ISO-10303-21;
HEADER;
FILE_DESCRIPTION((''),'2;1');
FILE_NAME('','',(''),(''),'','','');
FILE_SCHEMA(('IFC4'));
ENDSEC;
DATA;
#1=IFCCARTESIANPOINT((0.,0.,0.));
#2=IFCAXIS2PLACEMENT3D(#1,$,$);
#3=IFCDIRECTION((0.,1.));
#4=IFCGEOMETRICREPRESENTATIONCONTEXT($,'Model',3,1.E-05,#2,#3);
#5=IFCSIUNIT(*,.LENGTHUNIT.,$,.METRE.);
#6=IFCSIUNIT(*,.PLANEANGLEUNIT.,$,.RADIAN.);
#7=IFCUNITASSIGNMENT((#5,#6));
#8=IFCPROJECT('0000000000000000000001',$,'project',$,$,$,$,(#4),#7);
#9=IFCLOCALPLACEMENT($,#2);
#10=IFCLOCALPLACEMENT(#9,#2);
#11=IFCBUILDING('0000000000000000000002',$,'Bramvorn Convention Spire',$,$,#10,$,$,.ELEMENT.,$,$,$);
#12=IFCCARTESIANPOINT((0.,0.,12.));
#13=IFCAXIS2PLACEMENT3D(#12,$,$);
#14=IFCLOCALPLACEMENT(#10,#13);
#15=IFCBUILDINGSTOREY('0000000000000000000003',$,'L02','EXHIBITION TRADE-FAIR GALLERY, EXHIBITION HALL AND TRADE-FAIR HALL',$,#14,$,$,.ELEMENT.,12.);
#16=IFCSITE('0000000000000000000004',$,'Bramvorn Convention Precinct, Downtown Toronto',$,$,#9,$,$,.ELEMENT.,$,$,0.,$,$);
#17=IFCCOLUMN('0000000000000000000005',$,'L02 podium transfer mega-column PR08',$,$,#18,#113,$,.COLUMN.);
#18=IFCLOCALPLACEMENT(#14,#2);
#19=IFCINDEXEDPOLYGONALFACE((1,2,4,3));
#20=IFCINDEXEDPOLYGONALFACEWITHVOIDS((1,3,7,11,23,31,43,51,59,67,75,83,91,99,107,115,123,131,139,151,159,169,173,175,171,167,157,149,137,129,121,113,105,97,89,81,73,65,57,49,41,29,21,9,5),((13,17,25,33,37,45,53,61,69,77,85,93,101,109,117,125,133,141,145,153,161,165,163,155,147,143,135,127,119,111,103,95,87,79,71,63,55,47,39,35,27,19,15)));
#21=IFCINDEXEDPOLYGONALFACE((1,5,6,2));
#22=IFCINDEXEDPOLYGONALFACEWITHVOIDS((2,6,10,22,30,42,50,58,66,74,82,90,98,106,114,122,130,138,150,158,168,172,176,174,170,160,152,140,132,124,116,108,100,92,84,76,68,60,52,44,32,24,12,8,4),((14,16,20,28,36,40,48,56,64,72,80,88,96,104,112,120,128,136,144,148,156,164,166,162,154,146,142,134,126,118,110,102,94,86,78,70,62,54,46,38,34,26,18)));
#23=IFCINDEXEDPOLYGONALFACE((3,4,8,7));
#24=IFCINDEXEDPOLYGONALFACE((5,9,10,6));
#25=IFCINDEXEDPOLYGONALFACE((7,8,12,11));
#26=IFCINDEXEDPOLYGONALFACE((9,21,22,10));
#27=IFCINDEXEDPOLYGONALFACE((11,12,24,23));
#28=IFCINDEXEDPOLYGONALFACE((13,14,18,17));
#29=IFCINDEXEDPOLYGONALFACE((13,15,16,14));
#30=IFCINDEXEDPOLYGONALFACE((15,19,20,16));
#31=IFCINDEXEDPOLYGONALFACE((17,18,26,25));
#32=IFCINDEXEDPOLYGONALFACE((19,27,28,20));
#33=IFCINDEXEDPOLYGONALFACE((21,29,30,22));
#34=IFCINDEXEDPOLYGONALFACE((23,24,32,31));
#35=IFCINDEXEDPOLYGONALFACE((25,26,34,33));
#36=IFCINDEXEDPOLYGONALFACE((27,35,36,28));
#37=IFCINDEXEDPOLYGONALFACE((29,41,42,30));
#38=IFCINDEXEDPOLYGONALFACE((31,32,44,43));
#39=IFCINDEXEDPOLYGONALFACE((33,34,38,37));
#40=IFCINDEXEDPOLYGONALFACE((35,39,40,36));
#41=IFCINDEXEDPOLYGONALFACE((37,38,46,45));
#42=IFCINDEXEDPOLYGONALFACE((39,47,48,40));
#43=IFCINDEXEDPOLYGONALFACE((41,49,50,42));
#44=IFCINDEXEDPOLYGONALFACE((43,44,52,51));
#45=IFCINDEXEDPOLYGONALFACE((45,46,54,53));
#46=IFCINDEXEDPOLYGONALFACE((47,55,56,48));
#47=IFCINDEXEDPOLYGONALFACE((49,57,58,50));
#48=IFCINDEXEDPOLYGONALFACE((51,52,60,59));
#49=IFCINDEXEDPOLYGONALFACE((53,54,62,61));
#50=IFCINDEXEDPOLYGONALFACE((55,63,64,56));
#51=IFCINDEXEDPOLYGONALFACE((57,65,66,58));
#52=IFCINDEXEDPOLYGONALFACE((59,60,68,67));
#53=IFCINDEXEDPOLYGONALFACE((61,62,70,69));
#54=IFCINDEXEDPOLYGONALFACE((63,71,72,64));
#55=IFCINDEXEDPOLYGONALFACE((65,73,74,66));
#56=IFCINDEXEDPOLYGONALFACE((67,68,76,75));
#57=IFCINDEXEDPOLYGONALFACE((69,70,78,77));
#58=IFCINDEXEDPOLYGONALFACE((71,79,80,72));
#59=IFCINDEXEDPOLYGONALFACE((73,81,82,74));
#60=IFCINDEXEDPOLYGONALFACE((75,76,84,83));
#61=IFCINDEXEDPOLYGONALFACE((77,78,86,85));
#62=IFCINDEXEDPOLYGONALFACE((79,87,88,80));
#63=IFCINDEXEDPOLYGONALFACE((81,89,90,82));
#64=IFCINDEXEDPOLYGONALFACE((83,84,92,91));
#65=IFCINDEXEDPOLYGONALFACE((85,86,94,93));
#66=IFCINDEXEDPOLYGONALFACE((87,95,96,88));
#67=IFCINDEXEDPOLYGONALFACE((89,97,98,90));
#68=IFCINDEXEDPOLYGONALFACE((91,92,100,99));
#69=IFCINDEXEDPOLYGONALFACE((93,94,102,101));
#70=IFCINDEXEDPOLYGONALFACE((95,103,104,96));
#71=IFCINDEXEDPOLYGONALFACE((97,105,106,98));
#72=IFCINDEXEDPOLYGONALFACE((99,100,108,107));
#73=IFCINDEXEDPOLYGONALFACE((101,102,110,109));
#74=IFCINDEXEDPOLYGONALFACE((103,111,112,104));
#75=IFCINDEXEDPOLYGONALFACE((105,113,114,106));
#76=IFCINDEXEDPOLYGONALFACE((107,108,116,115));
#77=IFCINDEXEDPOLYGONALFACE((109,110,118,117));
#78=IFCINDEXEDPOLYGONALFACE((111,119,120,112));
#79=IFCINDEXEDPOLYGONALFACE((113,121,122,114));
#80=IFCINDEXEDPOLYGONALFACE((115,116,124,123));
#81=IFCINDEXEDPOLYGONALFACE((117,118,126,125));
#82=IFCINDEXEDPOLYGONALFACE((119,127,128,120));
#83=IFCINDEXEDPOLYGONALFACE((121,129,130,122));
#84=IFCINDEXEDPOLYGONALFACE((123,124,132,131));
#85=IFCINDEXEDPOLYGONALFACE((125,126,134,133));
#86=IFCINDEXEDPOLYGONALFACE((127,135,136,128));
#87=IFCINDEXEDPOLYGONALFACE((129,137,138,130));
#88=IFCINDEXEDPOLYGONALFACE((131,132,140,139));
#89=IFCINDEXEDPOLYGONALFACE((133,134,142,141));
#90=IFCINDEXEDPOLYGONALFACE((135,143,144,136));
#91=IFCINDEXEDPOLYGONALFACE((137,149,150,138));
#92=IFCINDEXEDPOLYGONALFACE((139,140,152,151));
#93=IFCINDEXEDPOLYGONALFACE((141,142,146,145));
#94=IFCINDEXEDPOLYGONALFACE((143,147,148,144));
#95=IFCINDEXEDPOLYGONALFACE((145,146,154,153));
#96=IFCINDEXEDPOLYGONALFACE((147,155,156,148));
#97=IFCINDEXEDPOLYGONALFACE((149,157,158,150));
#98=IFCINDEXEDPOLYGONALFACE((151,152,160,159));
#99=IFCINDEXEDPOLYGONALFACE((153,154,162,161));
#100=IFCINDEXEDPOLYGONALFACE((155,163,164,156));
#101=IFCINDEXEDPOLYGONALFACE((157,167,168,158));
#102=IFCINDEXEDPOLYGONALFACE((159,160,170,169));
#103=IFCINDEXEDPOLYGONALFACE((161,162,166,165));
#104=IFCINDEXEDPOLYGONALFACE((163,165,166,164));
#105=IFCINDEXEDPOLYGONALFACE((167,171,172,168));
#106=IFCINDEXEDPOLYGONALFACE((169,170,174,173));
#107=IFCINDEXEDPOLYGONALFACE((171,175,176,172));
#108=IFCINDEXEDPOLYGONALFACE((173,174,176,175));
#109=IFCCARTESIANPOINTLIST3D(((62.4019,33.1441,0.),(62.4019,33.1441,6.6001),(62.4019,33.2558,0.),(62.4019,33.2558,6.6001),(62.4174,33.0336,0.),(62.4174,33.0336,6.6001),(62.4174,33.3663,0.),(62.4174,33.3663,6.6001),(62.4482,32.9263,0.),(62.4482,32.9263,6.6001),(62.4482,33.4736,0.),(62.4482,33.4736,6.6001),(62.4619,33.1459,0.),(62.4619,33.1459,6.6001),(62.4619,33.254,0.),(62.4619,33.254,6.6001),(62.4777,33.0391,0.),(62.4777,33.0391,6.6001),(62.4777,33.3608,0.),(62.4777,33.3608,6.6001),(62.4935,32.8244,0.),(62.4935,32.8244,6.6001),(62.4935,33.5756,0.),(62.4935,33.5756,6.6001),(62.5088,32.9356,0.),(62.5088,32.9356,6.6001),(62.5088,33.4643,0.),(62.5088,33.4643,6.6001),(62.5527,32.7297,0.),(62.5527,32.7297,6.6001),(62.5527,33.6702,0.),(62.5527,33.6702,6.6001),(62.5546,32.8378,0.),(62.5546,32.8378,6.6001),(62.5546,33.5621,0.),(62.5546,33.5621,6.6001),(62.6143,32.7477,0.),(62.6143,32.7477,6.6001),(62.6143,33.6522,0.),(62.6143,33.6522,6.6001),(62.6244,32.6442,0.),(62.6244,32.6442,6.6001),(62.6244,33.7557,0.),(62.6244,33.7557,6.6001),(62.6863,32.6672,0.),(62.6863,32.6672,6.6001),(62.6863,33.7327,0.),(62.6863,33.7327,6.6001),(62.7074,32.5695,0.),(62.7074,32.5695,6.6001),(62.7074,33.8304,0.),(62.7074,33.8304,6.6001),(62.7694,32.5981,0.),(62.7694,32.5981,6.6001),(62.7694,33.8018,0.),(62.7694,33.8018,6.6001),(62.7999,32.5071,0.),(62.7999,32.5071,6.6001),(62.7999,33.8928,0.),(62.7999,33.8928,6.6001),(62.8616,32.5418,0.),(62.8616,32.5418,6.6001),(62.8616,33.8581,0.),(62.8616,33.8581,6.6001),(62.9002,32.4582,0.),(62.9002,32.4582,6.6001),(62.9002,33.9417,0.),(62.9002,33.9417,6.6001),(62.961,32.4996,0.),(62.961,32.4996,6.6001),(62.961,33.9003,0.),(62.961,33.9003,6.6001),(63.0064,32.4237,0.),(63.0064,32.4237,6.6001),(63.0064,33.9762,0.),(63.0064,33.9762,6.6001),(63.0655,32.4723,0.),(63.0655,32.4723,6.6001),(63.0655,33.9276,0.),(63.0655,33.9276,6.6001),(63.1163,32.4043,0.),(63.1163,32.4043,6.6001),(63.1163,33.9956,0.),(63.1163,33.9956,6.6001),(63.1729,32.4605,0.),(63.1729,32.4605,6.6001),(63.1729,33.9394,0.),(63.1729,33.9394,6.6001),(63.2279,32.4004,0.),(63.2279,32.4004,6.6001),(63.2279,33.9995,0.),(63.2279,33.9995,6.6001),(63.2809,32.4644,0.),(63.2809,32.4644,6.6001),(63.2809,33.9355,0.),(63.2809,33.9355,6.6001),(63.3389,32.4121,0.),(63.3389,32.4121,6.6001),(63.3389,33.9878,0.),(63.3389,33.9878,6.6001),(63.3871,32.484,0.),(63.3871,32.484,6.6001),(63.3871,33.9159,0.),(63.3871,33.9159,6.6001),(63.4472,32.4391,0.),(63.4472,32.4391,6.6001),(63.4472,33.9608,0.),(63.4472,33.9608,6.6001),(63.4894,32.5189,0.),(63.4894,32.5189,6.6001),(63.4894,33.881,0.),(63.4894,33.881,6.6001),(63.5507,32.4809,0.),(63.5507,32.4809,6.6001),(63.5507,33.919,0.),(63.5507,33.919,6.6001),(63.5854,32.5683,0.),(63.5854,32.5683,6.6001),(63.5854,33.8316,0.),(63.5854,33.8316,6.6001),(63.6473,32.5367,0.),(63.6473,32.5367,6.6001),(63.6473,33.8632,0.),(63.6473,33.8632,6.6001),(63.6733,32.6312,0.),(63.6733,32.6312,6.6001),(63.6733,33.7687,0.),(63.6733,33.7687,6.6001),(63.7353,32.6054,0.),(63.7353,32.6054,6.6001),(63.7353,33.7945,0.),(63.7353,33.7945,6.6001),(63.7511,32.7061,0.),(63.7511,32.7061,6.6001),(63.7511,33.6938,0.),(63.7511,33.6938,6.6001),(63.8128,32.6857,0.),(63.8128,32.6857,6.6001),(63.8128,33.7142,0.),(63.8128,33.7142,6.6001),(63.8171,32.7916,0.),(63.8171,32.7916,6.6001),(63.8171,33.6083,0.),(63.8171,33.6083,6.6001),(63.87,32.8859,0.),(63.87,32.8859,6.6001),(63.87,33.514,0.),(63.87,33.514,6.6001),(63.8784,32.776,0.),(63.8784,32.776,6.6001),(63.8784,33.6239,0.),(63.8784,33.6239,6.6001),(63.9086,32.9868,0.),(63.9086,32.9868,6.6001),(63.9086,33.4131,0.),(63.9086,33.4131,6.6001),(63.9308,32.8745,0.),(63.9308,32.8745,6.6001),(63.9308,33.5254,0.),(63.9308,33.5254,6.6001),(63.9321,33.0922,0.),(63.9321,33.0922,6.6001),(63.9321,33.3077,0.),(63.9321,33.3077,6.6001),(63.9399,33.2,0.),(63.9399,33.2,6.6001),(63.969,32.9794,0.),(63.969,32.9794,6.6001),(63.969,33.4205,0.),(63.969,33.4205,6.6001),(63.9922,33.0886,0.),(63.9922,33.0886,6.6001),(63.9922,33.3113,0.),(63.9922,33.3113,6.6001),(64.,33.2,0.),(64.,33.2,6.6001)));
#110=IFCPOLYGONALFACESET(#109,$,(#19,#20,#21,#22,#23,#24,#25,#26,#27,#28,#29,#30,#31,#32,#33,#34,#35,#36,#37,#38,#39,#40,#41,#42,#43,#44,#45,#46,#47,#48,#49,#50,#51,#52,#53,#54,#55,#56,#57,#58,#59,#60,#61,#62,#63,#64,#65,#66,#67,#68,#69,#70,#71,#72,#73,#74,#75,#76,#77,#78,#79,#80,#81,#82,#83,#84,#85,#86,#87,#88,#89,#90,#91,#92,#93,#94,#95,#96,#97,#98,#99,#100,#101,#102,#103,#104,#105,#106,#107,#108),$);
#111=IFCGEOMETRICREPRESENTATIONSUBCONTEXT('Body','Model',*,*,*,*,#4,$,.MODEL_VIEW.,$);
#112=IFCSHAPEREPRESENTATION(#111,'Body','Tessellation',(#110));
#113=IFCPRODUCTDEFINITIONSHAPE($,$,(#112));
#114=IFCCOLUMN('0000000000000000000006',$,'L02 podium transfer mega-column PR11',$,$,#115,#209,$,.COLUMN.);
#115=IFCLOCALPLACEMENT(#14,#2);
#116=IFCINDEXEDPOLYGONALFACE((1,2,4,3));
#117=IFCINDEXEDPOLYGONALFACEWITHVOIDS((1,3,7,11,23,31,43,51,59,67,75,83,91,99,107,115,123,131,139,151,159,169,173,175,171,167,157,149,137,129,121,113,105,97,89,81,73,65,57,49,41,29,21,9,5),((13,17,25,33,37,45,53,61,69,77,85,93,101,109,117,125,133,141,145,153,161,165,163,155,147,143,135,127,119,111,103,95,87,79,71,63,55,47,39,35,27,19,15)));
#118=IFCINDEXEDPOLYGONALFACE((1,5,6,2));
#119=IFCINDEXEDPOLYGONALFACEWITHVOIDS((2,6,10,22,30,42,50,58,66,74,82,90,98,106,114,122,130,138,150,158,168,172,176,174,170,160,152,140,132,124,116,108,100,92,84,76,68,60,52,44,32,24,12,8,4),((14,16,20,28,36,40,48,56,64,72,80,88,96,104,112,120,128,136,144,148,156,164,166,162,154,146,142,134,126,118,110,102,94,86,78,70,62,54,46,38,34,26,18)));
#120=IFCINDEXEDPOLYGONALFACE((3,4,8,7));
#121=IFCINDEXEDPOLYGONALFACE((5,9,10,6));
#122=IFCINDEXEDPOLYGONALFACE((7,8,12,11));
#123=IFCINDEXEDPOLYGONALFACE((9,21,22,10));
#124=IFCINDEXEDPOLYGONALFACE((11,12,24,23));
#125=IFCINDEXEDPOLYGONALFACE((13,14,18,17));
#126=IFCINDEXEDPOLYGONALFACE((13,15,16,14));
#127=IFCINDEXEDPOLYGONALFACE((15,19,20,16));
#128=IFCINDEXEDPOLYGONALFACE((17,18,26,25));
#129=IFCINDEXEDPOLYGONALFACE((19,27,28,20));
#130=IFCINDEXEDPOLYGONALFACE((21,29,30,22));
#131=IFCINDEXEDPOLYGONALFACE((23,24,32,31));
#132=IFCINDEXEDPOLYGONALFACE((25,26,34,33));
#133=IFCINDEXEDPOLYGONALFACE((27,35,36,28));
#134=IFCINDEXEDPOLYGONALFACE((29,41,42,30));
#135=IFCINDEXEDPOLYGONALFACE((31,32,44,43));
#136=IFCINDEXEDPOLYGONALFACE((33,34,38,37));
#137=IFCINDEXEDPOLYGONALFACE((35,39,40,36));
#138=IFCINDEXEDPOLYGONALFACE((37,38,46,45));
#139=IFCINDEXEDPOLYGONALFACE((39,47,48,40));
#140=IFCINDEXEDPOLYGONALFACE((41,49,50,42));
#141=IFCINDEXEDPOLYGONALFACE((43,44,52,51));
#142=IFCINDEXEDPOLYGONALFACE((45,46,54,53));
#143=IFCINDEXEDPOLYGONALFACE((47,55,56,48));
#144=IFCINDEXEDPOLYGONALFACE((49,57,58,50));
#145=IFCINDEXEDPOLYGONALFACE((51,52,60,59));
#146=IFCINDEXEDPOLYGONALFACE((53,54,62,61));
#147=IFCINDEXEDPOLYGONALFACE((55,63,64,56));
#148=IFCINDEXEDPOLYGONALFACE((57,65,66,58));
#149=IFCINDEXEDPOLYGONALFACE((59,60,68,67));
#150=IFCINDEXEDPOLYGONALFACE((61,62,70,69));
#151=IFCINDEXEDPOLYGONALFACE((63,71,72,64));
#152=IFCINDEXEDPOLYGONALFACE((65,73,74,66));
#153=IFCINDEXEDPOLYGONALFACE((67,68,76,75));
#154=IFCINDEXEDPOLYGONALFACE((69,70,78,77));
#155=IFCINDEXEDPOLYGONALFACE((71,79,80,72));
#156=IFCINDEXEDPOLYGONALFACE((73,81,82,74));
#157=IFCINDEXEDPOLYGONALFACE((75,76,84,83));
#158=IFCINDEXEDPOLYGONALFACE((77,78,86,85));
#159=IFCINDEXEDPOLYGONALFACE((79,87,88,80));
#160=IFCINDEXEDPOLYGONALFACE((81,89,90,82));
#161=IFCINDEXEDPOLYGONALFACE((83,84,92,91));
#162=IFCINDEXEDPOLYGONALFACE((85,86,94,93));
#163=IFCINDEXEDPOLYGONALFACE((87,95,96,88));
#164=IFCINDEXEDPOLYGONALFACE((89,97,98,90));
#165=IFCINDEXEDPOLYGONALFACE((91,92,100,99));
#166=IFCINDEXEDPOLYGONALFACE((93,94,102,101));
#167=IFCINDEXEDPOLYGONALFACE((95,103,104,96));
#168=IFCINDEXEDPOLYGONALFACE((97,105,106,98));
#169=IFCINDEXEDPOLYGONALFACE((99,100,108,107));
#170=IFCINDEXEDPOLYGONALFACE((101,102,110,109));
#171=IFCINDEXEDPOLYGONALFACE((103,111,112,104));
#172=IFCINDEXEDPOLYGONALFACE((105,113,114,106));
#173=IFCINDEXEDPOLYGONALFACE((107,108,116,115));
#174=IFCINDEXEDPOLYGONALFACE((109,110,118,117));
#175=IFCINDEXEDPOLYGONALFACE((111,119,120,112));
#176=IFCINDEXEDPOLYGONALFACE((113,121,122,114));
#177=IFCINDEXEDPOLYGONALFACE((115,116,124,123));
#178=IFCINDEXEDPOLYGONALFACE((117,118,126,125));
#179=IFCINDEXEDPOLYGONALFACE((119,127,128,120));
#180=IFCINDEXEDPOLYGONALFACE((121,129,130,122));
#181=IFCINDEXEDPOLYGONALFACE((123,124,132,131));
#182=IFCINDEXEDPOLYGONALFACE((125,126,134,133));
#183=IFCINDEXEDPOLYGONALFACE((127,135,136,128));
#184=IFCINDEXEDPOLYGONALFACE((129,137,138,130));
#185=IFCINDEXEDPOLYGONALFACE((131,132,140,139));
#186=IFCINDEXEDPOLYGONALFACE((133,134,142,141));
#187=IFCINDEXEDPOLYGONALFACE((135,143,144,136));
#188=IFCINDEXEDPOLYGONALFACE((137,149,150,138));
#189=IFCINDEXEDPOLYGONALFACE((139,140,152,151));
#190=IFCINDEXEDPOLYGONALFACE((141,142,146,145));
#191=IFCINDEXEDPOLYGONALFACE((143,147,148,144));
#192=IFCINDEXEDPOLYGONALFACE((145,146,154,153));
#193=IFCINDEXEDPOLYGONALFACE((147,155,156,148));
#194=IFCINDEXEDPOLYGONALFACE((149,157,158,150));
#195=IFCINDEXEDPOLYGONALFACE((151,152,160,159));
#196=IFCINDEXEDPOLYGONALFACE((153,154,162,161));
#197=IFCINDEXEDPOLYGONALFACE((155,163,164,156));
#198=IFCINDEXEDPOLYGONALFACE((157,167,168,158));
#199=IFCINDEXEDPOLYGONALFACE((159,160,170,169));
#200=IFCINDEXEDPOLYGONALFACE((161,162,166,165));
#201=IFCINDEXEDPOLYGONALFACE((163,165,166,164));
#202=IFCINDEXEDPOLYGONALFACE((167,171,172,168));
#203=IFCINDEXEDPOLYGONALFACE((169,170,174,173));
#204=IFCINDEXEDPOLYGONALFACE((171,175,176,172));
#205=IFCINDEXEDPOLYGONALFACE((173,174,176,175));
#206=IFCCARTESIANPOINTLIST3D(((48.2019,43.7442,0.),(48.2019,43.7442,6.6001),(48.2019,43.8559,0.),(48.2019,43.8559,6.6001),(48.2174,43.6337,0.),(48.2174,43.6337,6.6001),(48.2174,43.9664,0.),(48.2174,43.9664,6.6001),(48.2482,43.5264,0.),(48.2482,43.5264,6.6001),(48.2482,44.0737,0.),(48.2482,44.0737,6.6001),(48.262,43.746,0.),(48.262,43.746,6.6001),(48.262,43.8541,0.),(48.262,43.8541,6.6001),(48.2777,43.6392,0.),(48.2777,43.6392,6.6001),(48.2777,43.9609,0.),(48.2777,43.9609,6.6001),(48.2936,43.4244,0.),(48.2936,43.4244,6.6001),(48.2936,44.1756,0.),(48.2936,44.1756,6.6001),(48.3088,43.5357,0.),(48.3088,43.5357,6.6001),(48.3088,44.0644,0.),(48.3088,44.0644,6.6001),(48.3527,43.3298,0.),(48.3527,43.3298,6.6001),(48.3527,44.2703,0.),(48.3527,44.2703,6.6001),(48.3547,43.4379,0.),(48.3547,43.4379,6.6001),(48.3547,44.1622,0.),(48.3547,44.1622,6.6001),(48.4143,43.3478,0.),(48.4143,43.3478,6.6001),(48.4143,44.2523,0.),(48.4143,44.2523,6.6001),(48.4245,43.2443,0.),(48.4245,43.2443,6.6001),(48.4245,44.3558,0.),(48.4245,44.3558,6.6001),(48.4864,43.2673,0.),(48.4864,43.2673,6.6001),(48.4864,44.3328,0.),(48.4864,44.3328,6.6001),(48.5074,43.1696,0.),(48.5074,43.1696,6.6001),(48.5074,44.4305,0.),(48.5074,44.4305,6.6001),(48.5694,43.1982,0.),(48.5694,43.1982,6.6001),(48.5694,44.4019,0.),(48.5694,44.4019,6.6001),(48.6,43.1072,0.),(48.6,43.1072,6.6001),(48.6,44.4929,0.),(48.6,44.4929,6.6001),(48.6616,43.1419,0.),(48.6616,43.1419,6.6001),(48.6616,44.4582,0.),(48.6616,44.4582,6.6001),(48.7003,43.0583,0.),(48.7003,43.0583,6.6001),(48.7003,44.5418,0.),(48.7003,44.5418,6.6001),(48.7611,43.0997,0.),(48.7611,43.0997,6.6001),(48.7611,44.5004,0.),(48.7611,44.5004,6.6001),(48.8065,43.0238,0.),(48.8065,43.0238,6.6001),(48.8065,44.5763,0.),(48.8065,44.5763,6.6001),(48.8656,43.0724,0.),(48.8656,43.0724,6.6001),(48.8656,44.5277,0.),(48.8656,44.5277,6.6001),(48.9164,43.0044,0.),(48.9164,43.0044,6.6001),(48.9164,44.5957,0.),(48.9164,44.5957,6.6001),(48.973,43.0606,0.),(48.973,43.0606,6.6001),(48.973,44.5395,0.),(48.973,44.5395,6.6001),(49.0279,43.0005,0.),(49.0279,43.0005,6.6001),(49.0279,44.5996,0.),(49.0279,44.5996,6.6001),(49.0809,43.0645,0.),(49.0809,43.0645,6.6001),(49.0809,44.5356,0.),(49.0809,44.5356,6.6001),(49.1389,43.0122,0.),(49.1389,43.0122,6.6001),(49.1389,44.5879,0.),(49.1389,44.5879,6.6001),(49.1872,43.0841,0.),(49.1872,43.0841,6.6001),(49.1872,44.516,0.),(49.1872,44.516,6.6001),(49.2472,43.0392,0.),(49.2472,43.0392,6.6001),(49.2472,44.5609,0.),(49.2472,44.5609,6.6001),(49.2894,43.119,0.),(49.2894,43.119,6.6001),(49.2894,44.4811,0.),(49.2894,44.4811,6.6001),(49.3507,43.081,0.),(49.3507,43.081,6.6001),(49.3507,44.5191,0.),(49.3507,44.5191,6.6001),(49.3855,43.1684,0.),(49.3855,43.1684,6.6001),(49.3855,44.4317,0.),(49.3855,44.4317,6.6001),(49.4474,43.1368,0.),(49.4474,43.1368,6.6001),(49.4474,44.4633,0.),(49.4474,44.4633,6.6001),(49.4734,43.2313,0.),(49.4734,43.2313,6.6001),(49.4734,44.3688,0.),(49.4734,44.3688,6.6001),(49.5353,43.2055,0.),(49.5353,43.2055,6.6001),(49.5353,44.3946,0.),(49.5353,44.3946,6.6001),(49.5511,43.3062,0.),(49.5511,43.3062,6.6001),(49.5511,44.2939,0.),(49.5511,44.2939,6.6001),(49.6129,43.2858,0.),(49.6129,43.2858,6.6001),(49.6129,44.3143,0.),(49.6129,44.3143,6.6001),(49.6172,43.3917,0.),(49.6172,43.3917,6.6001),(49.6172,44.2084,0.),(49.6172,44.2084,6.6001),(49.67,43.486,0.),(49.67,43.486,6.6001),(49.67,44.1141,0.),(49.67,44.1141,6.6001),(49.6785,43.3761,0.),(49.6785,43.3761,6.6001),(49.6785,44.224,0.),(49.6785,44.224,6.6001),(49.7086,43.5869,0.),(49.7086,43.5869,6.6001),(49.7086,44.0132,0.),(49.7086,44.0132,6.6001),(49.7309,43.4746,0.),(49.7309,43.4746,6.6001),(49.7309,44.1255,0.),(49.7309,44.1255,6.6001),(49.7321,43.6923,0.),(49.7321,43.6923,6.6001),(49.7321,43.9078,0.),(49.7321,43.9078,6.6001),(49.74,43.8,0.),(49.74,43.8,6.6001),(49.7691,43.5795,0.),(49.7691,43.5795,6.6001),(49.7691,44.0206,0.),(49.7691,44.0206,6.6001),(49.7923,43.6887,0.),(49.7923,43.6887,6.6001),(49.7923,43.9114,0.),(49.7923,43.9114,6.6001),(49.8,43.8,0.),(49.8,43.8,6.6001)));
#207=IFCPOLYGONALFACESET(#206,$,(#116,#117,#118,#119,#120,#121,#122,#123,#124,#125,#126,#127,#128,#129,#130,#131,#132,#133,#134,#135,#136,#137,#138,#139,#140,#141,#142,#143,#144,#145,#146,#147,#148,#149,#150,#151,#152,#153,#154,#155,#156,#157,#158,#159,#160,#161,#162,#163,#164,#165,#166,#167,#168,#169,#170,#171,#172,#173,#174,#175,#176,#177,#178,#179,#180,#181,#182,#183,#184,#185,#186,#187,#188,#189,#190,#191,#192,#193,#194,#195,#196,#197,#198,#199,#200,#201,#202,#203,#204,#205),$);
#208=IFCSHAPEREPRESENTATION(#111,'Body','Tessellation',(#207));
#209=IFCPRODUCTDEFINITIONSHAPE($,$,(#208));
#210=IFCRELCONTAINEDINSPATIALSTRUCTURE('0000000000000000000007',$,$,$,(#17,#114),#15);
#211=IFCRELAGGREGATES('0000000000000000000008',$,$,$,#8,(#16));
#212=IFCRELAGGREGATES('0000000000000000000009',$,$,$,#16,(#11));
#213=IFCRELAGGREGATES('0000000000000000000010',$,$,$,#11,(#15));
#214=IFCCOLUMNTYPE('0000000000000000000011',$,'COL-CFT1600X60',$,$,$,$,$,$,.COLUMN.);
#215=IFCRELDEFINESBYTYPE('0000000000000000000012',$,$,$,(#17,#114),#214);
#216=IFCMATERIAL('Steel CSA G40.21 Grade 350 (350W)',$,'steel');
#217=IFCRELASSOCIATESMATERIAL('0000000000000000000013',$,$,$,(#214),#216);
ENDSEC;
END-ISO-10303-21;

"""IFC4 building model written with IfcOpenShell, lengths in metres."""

from ifc_helpers import new_model, si_unit, direction, frame, origin, origin_2d, place, context, subcontext, project, spatial, hollow_circle, extrude, material, material_profile, profile_set, type_object, element, save


model = new_model("IFC4")

# Units and contexts
model_context = context("Model", 3, precision=1e-05, world=origin(), true_north=direction((0.0, 1.0)))
body_context = subcontext(model_context, "Body", "Model", "MODEL_VIEW")
ifc_project = project(units=[si_unit("LENGTHUNIT", "METRE"), si_unit("PLANEANGLEUNIT", "RADIAN")], contexts=[model_context])

# Site, building, storey
site_placement = place(None, origin())
site = spatial("IfcSite", under=ifc_project, at=site_placement, Name="Bramvorn Convention Precinct, Downtown Toronto", CompositionType="ELEMENT", RefElevation=0.0)
building_placement = place(site_placement, origin())
building = spatial("IfcBuilding", under=site, at=building_placement, Name="Bramvorn Convention Spire", CompositionType="ELEMENT")
storey_placement = place(building_placement, frame((0.0, 0.0, 12.0)))
storey = spatial("IfcBuildingStorey", under=building, at=storey_placement, Name="L02", Description="EXHIBITION TRADE-FAIR GALLERY, EXHIBITION HALL AND TRADE-FAIR HALL", CompositionType="ELEMENT", Elevation=12.0)

# Columns
ifc_material_1 = material(Name="Steel CSA G40.21 Grade 350 (350W)", Category="steel")
ifc_material_profile_1 = material_profile(ifc_material_1, hollow_circle(Radius=0.8, WallThickness=0.0601, at=origin_2d()))
ifc_profile_set_1 = profile_set([ifc_material_profile_1], Name="Steel CSA G40.21 Grade 350 (350W) - CFT1600X60")
column_type_1 = type_object("IfcColumnType", Name="COL-CFT1600X60", PredefinedType="COLUMN", material=ifc_profile_set_1)
for number, where, z_axis, x_axis, name in (
    (1, (63.2, 33.2, 0.0), (0.0, 0.0, 1.0), (1.0, 0.0, 0.0), "L02 podium transfer mega-column PR08"),
    (2, (49.0, 43.8, 0.0), (0.0, 0.0, 1.0), (1.0, 0.0, 0.0), "L02 podium transfer mega-column PR11"),
):
    element("IfcColumn", number, at=place(storey_placement, frame(where, z_axis=z_axis, x_axis=x_axis)), inside=storey, type_object=column_type_1, Name=name, PredefinedType="COLUMN", context=body_context, shape_type="SweptSolid", body=[
        extrude(hollow_circle(Radius=0.8, WallThickness=0.0601, at=origin_2d()), origin(), (0.0, 0.0, 1.0), 6.6001),
    ])

save(model, "model.ifc")
